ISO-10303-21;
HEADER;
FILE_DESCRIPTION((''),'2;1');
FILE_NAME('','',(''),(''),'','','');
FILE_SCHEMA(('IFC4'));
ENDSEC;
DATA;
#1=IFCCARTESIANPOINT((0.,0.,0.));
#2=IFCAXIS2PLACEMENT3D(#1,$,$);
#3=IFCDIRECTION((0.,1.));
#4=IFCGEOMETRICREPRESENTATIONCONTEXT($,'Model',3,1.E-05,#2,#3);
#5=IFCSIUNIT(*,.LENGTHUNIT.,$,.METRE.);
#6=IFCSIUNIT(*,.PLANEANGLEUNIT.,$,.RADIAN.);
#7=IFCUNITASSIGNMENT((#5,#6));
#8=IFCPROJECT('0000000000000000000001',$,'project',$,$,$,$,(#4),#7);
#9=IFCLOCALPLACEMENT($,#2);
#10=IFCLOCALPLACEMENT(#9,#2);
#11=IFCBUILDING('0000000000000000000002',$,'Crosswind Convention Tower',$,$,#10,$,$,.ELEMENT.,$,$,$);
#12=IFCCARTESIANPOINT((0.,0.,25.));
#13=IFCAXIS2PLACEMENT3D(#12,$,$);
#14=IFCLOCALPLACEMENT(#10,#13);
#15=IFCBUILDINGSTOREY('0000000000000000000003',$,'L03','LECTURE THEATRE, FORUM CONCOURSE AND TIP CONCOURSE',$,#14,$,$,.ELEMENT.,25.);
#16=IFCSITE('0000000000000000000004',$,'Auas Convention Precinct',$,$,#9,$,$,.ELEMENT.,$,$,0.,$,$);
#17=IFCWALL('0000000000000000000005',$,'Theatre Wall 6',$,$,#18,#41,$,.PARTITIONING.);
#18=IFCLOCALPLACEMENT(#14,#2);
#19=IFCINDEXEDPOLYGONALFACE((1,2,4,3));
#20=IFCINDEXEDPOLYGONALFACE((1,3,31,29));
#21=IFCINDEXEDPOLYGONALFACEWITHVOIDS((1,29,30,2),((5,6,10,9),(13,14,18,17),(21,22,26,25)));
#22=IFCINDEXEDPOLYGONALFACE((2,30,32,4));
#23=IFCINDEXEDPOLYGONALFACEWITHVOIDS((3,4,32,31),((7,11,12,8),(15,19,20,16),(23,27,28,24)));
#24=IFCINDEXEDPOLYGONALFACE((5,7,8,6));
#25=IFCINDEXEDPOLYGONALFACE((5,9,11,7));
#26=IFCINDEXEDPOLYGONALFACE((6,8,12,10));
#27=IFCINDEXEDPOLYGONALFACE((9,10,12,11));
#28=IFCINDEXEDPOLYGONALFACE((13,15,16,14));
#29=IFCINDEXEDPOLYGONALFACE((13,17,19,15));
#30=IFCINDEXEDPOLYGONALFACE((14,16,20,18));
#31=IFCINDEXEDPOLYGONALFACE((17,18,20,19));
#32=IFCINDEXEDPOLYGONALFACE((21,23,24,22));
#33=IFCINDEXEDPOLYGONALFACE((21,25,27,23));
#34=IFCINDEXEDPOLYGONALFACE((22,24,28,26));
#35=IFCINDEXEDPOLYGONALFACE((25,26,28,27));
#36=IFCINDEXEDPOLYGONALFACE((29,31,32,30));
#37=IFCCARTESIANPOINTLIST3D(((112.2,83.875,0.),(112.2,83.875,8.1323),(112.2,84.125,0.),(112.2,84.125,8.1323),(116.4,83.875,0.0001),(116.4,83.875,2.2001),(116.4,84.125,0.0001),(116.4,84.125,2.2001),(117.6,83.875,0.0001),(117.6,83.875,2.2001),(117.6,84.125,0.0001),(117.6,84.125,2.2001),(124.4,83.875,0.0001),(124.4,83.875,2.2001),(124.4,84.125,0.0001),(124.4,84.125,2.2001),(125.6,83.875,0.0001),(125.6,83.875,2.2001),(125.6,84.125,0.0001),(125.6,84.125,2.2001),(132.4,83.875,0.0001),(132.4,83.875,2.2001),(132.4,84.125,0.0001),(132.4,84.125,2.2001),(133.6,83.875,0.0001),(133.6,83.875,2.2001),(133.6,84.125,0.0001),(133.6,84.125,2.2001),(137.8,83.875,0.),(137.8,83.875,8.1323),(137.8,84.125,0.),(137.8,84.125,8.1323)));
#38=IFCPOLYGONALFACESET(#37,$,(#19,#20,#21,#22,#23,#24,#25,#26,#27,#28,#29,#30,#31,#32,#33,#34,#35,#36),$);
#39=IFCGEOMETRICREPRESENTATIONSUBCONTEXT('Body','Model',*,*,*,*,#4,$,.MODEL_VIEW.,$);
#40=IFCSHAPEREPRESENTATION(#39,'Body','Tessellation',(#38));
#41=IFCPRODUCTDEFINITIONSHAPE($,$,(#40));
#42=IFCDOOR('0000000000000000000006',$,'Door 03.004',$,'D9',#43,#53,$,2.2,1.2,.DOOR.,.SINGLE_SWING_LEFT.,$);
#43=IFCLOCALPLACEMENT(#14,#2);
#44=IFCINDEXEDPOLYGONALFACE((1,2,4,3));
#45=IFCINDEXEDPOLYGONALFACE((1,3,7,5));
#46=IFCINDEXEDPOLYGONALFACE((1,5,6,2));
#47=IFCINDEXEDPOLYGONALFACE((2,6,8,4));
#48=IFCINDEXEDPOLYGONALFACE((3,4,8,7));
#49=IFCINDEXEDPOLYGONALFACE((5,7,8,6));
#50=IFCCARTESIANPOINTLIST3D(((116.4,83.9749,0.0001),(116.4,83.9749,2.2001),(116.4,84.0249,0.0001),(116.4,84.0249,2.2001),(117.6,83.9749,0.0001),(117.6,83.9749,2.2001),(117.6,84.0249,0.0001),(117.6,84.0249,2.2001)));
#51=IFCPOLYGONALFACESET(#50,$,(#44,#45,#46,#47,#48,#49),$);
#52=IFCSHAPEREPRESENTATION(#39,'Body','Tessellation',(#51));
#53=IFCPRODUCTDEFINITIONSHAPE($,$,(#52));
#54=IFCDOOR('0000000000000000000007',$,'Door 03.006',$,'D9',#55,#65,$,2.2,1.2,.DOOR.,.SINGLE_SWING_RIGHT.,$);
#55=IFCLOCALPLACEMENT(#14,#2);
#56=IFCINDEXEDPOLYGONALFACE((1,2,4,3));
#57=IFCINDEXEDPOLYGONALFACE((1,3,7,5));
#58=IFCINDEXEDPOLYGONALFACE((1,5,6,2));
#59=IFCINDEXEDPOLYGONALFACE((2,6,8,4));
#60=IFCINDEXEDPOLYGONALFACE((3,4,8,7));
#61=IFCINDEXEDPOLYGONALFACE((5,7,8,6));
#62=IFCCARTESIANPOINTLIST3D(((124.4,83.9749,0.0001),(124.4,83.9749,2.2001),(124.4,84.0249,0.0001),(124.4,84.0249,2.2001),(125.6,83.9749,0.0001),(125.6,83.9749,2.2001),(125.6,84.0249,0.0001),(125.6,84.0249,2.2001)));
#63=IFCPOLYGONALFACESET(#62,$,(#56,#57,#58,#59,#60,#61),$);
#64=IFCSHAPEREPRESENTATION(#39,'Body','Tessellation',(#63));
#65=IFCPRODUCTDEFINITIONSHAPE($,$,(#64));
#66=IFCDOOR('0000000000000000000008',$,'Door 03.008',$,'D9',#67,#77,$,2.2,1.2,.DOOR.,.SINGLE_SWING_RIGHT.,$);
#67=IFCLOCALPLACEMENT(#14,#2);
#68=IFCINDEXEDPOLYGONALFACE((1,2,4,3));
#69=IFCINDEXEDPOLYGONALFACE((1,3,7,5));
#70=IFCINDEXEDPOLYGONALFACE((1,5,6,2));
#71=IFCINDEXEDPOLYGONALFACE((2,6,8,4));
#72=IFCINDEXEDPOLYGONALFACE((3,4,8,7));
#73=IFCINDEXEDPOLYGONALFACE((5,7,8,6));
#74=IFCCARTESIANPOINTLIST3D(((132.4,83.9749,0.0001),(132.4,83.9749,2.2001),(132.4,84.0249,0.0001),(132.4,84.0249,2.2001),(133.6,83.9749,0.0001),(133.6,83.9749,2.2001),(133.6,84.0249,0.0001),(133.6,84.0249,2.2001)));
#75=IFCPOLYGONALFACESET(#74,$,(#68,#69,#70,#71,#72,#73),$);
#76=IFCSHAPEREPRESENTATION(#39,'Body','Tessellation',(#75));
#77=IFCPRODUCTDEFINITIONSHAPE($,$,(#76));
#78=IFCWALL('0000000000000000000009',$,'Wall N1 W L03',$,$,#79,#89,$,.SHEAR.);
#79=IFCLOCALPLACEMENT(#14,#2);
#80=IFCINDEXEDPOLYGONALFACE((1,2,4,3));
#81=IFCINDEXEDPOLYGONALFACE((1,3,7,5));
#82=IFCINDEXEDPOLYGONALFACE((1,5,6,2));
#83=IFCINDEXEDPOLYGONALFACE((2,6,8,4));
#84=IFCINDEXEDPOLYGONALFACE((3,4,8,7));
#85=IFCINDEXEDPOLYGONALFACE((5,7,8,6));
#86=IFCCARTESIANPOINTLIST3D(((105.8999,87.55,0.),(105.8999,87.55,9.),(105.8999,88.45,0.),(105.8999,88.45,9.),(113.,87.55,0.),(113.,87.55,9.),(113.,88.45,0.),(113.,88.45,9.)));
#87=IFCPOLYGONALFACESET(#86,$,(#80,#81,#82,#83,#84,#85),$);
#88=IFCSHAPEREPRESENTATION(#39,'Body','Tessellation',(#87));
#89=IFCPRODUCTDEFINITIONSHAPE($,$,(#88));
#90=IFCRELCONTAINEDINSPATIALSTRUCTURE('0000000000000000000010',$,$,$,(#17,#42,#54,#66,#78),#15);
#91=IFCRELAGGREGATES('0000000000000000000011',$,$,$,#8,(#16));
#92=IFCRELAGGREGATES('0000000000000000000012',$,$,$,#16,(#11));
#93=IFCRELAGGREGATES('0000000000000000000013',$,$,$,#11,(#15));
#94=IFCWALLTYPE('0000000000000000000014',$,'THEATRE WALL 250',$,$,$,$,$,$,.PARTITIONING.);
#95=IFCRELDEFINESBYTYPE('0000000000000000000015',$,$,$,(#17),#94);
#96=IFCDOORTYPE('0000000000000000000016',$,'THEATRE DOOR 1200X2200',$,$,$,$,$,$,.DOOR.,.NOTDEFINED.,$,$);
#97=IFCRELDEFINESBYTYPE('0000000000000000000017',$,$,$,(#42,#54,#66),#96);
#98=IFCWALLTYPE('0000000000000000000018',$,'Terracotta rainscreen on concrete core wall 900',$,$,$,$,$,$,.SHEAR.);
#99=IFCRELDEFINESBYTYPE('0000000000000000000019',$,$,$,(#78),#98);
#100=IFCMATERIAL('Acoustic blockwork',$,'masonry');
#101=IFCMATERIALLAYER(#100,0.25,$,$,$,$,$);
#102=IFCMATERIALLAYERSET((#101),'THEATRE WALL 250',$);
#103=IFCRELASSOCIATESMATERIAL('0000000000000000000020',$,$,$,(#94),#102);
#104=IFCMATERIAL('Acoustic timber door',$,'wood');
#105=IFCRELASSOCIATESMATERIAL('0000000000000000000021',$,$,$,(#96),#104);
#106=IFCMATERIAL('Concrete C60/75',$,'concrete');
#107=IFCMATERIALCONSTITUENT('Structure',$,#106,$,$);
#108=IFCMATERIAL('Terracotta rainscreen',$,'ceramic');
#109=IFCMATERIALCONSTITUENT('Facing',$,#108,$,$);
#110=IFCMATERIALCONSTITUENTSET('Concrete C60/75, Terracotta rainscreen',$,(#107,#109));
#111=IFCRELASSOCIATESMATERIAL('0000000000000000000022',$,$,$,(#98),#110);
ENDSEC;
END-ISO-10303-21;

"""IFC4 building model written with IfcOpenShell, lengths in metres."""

from ifc_helpers import new_model, si_unit, direction, frame, frame_2d, origin, place, context, subcontext, project, spatial, rectangle, extrude, material, layer, layer_set, constituent, constituent_set, type_object, element, fill, save


model = new_model("IFC4")

# Units and contexts
model_context = context("Model", 3, precision=1e-05, world=origin(), true_north=direction((0.0, 1.0)))
body_context = subcontext(model_context, "Body", "Model", "MODEL_VIEW")
ifc_project = project(units=[si_unit("LENGTHUNIT", "METRE"), si_unit("PLANEANGLEUNIT", "RADIAN")], contexts=[model_context])

# Site, building, storey
site_placement = place(None, origin())
site = spatial("IfcSite", under=ifc_project, at=site_placement, Name="Auas Convention Precinct", CompositionType="ELEMENT", RefElevation=0.0)
building_placement = place(site_placement, origin())
building = spatial("IfcBuilding", under=site, at=building_placement, Name="Crosswind Convention Tower", CompositionType="ELEMENT")
storey_placement = place(building_placement, frame((0.0, 0.0, 25.0)))
storey = spatial("IfcBuildingStorey", under=building, at=storey_placement, Name="L03", Description="LECTURE THEATRE, FORUM CONCOURSE AND TIP CONCOURSE", CompositionType="ELEMENT", Elevation=25.0)

# Wall, openings, doors
ifc_material_1 = material(Name="Acoustic blockwork", Category="masonry")
ifc_layer_1 = layer(ifc_material_1, 0.25)
ifc_layer_set_1 = layer_set([ifc_layer_1], Name="THEATRE WALL 250")
wall_type_1 = type_object("IfcWallType", Name="THEATRE WALL 250", PredefinedType="PARTITIONING", material=ifc_layer_set_1)
wall_1_placement = place(storey_placement, frame((112.2, 84.0, 0.0), z_axis=(0.0, 0.0, 1.0), x_axis=(1.0, 0.0, 0.0)))
wall_1 = element("IfcWall", 1, at=wall_1_placement, inside=storey, type_object=wall_type_1, Name="Theatre Wall 6", PredefinedType="PARTITIONING", context=body_context, shape_type="SweptSolid", body=[
    extrude(rectangle(XDim=25.6001, YDim=0.25, at=frame_2d((12.8, 0.0))), origin(), (0.0, 0.0, 1.0), 8.1323),
])
opening_1_placement = place(wall_1_placement, frame((4.2, 0.0, 0.0)))
opening_1 = element("IfcOpeningElement", 2, at=opening_1_placement, cuts=wall_1, PredefinedType="OPENING", context=body_context, shape_type="SweptSolid", body=[
    extrude(rectangle(XDim=1.2, YDim=2.2, at=frame_2d((0.6001, 1.1001))), frame((0.0, 0.135, 0.0), z_axis=(0.0, -1.0, 0.0), x_axis=(1.0, 0.0, 0.0)), (0.0, 0.0, 1.0), 0.27),
])
opening_2_placement = place(wall_1_placement, frame((12.2, 0.0, 0.0)))
opening_2 = element("IfcOpeningElement", 3, at=opening_2_placement, cuts=wall_1, PredefinedType="OPENING", context=body_context, shape_type="SweptSolid", body=[
    extrude(rectangle(XDim=1.2, YDim=2.2, at=frame_2d((0.6001, 1.1001))), frame((0.0, 0.135, 0.0), z_axis=(0.0, -1.0, 0.0), x_axis=(1.0, 0.0, 0.0)), (0.0, 0.0, 1.0), 0.27),
])
opening_3_placement = place(wall_1_placement, frame((20.2, 0.0, 0.0)))
opening_3 = element("IfcOpeningElement", 4, at=opening_3_placement, cuts=wall_1, PredefinedType="OPENING", context=body_context, shape_type="SweptSolid", body=[
    extrude(rectangle(XDim=1.2, YDim=2.2, at=frame_2d((0.6001, 1.1001))), frame((0.0, 0.135, 0.0), z_axis=(0.0, -1.0, 0.0), x_axis=(1.0, 0.0, 0.0)), (0.0, 0.0, 1.0), 0.27),
])
ifc_material_2 = material(Name="Acoustic timber door", Category="wood")
door_type_1 = type_object("IfcDoorType", Name="THEATRE DOOR 1200X2200", OperationType="NOTDEFINED", PredefinedType="DOOR", material=ifc_material_2)
door_1_placement = place(opening_1_placement, origin())
door_1 = element("IfcDoor", 5, at=door_1_placement, inside=storey, type_object=door_type_1, Name="Door 03.004", ObjectType="D9", OperationType="SINGLE_SWING_LEFT", OverallHeight=2.2, OverallWidth=1.2, PredefinedType="DOOR", context=body_context, shape_type="SweptSolid", body=[
    extrude(rectangle(XDim=1.2, YDim=2.2, at=frame_2d((0.6001, 1.1001))), frame((0.0, 0.0249, 0.0), z_axis=(0.0, -1.0, 0.0), x_axis=(1.0, 0.0, 0.0)), (0.0, 0.0, 1.0), 0.05),
])
fill(opening_1, door_1)
door_2_placement = place(opening_2_placement, origin())
door_2 = element("IfcDoor", 6, at=door_2_placement, inside=storey, type_object=door_type_1, Name="Door 03.006", ObjectType="D9", OperationType="SINGLE_SWING_RIGHT", OverallHeight=2.2, OverallWidth=1.2, PredefinedType="DOOR", context=body_context, shape_type="SweptSolid", body=[
    extrude(rectangle(XDim=1.2, YDim=2.2, at=frame_2d((0.6001, 1.1001))), frame((0.0, 0.0249, 0.0), z_axis=(0.0, -1.0, 0.0), x_axis=(1.0, 0.0, 0.0)), (0.0, 0.0, 1.0), 0.05),
])
fill(opening_2, door_2)
door_3_placement = place(opening_3_placement, origin())
door_3 = element("IfcDoor", 7, at=door_3_placement, inside=storey, type_object=door_type_1, Name="Door 03.008", ObjectType="D9", OperationType="SINGLE_SWING_RIGHT", OverallHeight=2.2, OverallWidth=1.2, PredefinedType="DOOR", context=body_context, shape_type="SweptSolid", body=[
    extrude(rectangle(XDim=1.2, YDim=2.2, at=frame_2d((0.6001, 1.1001))), frame((0.0, 0.0249, 0.0), z_axis=(0.0, -1.0, 0.0), x_axis=(1.0, 0.0, 0.0)), (0.0, 0.0, 1.0), 0.05),
])
fill(opening_3, door_3)

# Wall
ifc_material_3 = material(Name="Concrete C60/75", Category="concrete")
ifc_constituent_1 = constituent(ifc_material_3, Name="Structure")
ifc_material_4 = material(Name="Terracotta rainscreen", Category="ceramic")
ifc_constituent_2 = constituent(ifc_material_4, Name="Facing")
ifc_constituent_set = constituent_set(constituents=[ifc_constituent_1, ifc_constituent_2], Name="Concrete C60/75, Terracotta rainscreen")
wall_type_2 = type_object("IfcWallType", Name="Terracotta rainscreen on concrete core wall 900", PredefinedType="SHEAR", material=ifc_constituent_set)
wall_2_placement = place(storey_placement, frame((113.0, 88.0, 0.0), z_axis=(0.0, 0.0, 1.0), x_axis=(-1.0, 0.0, 0.0)))
element("IfcWall", 8, at=wall_2_placement, inside=storey, type_object=wall_type_2, Name="Wall N1 W L03", PredefinedType="SHEAR", context=body_context, shape_type="SweptSolid", body=[
    extrude(rectangle(XDim=7.1001, YDim=0.8999, at=frame_2d((3.55, 0.0))), origin(), (0.0, 0.0, 1.0), 9.0),
])

save(model, "model.ifc")
